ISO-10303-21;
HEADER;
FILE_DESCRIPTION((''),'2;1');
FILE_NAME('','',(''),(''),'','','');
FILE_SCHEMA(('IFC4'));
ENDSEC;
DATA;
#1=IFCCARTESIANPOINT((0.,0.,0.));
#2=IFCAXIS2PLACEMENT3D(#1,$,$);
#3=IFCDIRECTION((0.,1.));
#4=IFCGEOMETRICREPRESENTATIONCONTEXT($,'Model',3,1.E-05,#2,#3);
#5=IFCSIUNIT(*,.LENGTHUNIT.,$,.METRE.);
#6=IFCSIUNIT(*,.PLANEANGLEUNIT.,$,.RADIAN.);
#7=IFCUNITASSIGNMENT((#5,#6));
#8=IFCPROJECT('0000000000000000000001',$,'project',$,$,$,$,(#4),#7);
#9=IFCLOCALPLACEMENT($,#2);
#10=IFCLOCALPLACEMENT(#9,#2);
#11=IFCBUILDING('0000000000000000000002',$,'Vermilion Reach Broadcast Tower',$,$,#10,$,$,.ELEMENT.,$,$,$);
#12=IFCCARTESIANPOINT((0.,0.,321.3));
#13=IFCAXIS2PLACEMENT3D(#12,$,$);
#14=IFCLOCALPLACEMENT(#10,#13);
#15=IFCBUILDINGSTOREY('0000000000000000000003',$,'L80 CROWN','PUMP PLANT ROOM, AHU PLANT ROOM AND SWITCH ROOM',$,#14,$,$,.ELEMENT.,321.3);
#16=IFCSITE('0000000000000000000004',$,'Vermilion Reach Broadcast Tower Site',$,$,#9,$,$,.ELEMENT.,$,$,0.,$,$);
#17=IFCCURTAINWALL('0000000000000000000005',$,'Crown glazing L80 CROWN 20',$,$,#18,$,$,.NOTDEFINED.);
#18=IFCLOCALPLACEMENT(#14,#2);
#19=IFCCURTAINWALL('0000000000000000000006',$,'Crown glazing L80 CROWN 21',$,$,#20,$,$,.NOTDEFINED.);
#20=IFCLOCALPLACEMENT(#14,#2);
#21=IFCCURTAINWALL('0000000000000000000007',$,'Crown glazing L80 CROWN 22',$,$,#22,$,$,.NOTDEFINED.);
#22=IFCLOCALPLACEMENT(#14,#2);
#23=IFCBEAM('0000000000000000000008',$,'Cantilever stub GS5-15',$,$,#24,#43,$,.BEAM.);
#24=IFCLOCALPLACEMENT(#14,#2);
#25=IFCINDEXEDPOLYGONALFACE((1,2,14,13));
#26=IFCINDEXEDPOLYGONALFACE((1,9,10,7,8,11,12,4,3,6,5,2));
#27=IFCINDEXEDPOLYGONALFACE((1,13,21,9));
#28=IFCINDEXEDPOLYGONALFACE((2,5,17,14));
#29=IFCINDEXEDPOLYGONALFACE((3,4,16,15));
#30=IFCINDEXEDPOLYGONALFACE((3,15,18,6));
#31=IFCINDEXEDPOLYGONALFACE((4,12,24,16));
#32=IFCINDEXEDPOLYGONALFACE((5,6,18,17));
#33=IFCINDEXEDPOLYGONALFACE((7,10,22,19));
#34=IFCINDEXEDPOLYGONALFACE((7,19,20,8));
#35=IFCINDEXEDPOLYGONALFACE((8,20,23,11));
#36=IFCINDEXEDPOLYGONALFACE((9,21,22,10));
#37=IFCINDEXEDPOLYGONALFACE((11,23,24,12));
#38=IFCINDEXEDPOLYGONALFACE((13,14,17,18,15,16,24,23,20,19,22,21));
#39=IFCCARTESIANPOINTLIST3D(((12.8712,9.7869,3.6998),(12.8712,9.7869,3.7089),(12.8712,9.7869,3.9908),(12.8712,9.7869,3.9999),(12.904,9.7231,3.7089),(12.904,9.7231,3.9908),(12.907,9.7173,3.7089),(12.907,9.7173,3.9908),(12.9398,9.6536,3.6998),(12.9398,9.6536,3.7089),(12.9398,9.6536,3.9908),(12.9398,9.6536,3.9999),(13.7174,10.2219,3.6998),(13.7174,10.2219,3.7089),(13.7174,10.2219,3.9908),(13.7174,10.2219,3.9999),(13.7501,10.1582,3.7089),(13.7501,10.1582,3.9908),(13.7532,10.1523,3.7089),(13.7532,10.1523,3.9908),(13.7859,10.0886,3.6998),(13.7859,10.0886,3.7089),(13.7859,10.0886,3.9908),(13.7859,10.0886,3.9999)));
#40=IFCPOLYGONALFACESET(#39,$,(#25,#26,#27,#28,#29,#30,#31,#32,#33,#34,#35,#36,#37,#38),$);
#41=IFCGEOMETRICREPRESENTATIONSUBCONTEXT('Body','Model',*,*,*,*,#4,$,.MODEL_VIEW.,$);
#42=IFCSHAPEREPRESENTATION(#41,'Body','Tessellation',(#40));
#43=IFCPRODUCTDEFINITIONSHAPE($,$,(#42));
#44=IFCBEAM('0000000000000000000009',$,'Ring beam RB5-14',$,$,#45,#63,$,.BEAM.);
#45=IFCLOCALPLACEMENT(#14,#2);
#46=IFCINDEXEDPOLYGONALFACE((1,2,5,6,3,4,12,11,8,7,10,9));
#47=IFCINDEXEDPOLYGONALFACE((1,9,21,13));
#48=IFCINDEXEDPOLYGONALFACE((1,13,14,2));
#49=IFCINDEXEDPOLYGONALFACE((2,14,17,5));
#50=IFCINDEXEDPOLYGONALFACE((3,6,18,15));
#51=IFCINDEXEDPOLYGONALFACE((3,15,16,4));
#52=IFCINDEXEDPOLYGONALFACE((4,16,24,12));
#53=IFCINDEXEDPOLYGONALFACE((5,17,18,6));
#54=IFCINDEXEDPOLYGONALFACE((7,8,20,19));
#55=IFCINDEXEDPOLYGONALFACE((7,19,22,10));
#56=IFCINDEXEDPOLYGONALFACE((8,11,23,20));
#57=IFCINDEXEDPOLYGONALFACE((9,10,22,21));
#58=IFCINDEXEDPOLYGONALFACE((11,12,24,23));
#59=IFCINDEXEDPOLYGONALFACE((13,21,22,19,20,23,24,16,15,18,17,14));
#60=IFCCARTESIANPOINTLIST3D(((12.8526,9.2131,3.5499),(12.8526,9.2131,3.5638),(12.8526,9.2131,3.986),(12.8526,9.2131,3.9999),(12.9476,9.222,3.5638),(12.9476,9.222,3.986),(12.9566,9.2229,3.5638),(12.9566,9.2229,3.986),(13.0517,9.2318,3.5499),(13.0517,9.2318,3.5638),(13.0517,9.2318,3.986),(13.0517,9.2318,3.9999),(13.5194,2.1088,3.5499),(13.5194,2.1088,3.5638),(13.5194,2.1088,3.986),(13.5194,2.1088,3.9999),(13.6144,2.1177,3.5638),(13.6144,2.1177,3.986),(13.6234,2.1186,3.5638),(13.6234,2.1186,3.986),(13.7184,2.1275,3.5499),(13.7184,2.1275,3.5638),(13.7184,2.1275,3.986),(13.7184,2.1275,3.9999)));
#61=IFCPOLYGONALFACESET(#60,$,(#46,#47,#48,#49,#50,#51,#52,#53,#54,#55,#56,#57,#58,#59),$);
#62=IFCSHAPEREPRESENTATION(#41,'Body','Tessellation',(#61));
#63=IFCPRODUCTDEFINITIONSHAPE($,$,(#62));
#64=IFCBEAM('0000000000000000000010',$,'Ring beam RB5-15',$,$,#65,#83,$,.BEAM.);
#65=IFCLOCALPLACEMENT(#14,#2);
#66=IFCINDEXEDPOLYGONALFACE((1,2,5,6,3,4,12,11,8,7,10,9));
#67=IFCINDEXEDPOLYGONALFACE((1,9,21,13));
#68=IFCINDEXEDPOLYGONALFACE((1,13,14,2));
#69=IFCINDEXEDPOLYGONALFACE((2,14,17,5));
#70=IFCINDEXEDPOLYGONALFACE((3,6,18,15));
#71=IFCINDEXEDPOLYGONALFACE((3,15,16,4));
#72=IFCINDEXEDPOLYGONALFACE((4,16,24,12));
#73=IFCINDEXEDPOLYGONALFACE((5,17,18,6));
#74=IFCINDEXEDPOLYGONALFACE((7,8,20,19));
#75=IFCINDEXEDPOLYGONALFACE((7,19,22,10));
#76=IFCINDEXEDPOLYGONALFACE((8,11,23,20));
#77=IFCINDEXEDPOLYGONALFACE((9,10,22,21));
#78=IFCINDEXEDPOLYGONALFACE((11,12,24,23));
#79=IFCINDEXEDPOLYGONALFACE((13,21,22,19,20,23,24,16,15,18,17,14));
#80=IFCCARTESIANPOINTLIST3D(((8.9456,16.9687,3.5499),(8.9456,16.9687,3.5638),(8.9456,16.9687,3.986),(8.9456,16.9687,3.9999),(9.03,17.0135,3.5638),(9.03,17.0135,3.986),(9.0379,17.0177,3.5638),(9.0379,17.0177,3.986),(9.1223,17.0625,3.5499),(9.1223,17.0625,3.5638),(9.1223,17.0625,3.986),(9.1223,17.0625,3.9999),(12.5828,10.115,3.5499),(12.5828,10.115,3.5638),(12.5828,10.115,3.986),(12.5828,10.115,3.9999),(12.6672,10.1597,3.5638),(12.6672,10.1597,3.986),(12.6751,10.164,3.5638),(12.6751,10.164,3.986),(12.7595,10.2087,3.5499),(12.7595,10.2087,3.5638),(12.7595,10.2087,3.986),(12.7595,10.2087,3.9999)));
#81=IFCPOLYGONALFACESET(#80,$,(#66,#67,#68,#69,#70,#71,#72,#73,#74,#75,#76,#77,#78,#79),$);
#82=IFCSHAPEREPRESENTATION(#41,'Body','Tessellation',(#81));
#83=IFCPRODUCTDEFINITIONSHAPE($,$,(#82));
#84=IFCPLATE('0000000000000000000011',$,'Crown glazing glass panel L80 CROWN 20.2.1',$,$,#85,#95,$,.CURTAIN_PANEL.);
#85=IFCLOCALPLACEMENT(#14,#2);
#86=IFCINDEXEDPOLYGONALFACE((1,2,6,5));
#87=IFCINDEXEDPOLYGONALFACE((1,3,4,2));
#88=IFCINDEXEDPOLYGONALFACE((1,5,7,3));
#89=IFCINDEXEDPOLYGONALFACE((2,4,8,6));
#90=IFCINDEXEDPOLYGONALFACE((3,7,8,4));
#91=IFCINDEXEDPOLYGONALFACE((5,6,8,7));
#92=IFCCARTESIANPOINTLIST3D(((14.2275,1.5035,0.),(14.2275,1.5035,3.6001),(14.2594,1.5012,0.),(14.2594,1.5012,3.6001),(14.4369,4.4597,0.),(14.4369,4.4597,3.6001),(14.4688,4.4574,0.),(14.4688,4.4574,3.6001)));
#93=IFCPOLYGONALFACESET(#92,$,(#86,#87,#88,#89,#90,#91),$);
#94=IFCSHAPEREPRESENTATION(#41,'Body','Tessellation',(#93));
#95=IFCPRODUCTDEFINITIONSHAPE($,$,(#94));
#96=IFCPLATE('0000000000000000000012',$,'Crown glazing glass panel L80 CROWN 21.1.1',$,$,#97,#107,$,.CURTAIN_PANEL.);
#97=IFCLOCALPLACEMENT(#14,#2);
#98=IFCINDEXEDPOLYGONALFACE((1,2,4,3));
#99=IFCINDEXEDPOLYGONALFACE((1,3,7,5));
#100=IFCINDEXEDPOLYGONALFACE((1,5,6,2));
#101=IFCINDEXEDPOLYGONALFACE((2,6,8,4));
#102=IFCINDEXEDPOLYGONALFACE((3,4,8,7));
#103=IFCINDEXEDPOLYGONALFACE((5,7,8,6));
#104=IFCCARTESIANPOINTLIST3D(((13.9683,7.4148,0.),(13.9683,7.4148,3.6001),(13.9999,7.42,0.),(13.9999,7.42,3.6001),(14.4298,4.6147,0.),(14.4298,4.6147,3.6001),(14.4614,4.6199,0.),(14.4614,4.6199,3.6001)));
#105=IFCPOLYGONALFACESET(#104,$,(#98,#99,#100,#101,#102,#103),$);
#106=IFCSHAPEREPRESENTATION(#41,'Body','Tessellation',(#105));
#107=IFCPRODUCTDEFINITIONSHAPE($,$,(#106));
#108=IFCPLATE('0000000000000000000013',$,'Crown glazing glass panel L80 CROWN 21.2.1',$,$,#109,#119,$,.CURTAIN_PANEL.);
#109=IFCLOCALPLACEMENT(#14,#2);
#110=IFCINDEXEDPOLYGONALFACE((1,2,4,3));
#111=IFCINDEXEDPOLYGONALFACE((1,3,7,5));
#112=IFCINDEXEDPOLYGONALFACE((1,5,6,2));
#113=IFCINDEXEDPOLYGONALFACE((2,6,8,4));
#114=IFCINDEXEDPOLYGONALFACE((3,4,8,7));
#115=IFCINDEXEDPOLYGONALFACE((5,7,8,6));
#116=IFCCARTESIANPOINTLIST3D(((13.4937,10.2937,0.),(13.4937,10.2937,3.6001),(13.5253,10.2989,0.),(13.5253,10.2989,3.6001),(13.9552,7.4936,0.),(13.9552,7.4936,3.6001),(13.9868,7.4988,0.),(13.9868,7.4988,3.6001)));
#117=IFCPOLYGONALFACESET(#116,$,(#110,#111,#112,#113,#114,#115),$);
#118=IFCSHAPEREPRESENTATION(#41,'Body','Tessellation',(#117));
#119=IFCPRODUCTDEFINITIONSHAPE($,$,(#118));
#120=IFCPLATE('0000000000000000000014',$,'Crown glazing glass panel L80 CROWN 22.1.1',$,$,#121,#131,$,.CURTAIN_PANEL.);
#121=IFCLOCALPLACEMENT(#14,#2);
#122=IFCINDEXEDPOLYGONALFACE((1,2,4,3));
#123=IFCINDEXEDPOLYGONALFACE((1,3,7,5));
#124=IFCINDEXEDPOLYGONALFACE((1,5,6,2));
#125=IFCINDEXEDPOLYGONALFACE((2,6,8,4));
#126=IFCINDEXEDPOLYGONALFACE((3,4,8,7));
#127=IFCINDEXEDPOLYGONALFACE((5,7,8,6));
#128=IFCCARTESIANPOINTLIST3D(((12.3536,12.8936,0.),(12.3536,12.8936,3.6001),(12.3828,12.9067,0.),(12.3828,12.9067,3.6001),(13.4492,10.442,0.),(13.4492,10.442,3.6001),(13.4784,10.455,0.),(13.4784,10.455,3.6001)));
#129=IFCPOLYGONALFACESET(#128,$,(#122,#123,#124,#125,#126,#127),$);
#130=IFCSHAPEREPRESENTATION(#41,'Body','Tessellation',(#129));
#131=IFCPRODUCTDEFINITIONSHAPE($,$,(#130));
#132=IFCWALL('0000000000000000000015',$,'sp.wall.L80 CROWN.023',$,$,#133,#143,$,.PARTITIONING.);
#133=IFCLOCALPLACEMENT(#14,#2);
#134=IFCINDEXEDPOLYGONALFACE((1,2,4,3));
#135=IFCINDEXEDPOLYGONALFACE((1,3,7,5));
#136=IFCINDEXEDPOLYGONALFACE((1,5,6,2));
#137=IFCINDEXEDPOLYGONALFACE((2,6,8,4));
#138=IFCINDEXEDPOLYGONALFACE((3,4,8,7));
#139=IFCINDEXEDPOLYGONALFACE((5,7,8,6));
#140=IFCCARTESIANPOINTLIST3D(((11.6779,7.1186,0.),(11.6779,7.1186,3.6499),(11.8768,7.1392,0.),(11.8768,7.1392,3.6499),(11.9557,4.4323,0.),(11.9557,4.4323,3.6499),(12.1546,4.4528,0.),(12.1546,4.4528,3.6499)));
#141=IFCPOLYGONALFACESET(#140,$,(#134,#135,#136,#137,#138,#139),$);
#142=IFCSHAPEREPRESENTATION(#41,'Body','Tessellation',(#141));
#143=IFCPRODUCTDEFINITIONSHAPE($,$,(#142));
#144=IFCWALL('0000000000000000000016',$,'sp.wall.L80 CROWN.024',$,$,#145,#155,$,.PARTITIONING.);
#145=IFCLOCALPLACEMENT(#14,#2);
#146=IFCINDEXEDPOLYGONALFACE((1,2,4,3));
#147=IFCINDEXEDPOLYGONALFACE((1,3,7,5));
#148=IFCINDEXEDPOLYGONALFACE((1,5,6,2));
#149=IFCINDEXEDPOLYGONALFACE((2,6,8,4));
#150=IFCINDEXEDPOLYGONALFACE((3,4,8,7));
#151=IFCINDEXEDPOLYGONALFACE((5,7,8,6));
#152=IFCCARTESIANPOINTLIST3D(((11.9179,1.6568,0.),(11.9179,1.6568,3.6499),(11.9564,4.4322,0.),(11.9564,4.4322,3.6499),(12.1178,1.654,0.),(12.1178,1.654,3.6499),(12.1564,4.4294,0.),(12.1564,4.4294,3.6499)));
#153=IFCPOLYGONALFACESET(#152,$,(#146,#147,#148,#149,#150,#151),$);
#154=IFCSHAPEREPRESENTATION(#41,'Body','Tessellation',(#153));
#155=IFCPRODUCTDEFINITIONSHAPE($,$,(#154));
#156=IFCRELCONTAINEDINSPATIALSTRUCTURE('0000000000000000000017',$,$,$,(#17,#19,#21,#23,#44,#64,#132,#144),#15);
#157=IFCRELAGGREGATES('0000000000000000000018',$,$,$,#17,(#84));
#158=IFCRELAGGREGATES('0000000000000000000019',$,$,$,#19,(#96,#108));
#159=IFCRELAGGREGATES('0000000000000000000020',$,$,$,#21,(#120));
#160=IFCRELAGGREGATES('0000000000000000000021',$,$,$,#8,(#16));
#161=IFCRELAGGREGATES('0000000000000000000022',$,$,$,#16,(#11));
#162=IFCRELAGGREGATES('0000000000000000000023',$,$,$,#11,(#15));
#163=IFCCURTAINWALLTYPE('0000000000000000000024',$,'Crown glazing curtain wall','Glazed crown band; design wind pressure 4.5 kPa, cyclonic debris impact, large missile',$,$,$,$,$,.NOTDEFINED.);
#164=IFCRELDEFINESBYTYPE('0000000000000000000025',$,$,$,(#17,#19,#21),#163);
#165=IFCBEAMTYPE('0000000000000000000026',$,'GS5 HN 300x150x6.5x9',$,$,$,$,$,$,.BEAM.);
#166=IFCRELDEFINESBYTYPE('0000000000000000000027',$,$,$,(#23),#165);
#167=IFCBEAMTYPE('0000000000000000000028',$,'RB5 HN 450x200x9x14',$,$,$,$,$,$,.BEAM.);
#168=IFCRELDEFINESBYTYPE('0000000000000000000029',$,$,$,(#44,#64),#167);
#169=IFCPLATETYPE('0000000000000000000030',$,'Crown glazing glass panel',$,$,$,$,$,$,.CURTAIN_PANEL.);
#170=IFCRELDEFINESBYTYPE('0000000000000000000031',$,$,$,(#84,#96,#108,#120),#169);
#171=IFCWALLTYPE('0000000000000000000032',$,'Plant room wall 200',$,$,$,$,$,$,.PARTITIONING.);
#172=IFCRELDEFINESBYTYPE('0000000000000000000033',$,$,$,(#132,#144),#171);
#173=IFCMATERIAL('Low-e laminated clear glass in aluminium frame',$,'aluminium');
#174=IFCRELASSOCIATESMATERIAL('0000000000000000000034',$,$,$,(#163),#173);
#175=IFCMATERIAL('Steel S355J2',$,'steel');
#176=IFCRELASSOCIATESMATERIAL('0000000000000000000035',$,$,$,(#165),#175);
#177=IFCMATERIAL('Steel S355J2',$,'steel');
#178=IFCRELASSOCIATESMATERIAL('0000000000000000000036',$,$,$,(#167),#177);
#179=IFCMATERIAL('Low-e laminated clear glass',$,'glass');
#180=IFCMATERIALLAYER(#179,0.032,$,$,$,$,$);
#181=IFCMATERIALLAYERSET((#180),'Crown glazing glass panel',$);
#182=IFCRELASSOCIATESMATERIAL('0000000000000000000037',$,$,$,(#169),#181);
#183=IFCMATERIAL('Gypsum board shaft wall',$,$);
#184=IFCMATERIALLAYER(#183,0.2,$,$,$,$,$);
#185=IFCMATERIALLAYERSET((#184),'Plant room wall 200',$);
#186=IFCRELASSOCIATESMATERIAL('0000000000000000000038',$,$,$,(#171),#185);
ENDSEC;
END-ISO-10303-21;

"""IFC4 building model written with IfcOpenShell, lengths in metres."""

from ifc_helpers import new_model, si_unit, direction, frame, frame_2d, origin, origin_2d, place, context, subcontext, project, spatial, rectangle, i_section, extrude, material, layer, layer_set, material_profile, profile_set, type_object, element, aggregate, save


model = new_model("IFC4")

# Units and contexts
model_context = context("Model", 3, precision=1e-05, world=origin(), true_north=direction((0.0, 1.0)))
body_context = subcontext(model_context, "Body", "Model", "MODEL_VIEW")
ifc_project = project(units=[si_unit("LENGTHUNIT", "METRE"), si_unit("PLANEANGLEUNIT", "RADIAN")], contexts=[model_context])

# Site, building, storey
site_placement = place(None, origin())
site = spatial("IfcSite", under=ifc_project, at=site_placement, Name="Vermilion Reach Broadcast Tower Site", CompositionType="ELEMENT", RefElevation=0.0)
building_placement = place(site_placement, origin())
building = spatial("IfcBuilding", under=site, at=building_placement, Name="Vermilion Reach Broadcast Tower", CompositionType="ELEMENT")
storey_placement = place(building_placement, frame((0.0, 0.0, 321.3)))
storey = spatial("IfcBuildingStorey", under=building, at=storey_placement, Name="L80 CROWN", Description="PUMP PLANT ROOM, AHU PLANT ROOM AND SWITCH ROOM", CompositionType="ELEMENT", Elevation=321.3)

# Curtain walls
ifc_material_1 = material(Name="Low-e laminated clear glass in aluminium frame", Category="aluminium")
curtain_wall_type = type_object("IfcCurtainWallType", Name="Crown glazing curtain wall", Description="Glazed crown band; design wind pressure 4.5 kPa, cyclonic debris impact, large missile", PredefinedType="NOTDEFINED", material=ifc_material_1)
placement = place(storey_placement, origin())
curtain_wall_1 = element("IfcCurtainWall", 1, at=placement, inside=storey, type_object=curtain_wall_type, Name="Crown glazing L80 CROWN 20", PredefinedType="NOTDEFINED")
curtain_wall_2 = element("IfcCurtainWall", 2, at=placement, inside=storey, type_object=curtain_wall_type, Name="Crown glazing L80 CROWN 21", PredefinedType="NOTDEFINED")

# Curtain wall
curtain_wall_3 = element("IfcCurtainWall", 3, at=placement, inside=storey, type_object=curtain_wall_type, Name="Crown glazing L80 CROWN 22", PredefinedType="NOTDEFINED")

# Beams
ifc_material_2 = material(Name="Steel S355J2", Category="steel")
ifc_material_profile_1 = material_profile(ifc_material_2, i_section(OverallWidth=0.1499, OverallDepth=0.3, WebThickness=0.0066, FlangeThickness=0.009, at=origin_2d()), Name="S355J2 HN 300x150x6.5x9")
ifc_profile_set_1 = profile_set([ifc_material_profile_1], Name="Steel S355J2")
beam_type_1 = type_object("IfcBeamType", Name="GS5 HN 300x150x6.5x9", PredefinedType="BEAM", material=ifc_profile_set_1)
beam_1_placement = place(storey_placement, frame((12.9055, 9.7202, 3.8499), z_axis=(0.889341, 0.457244, 0.0), x_axis=(-0.457244, 0.889341, 0.0)))
element("IfcBeam", 4, at=beam_1_placement, inside=storey, type_object=beam_type_1, Name="Cantilever stub GS5-15", PredefinedType="BEAM", context=body_context, shape_type="SweptSolid", body=[
    extrude(i_section(OverallWidth=0.1499, OverallDepth=0.3, WebThickness=0.0066, FlangeThickness=0.009, at=origin_2d()), origin(), (0.0, 0.0, 1.0), 0.9514),
])
ifc_material_3 = material(Name="Steel S355J2", Category="steel")
ifc_material_profile_2 = material_profile(ifc_material_3, i_section(OverallWidth=0.2, OverallDepth=0.45, WebThickness=0.009, FlangeThickness=0.0139, at=origin_2d()), Name="S355J2 HN 450x200x9x14")
ifc_profile_set_2 = profile_set([ifc_material_profile_2], Name="Steel S355J2")
beam_type_2 = type_object("IfcBeamType", Name="RB5 HN 450x200x9x14", PredefinedType="BEAM", material=ifc_profile_set_2)
beam_2_placement = place(storey_placement, frame((13.6189, 2.1182, 3.7749), z_axis=(-0.093441, 0.995625, 0.0), x_axis=(-0.995625, -0.093441, 0.0)))
element("IfcBeam", 5, at=beam_2_placement, inside=storey, type_object=beam_type_2, Name="Ring beam RB5-14", PredefinedType="BEAM", context=body_context, shape_type="SweptSolid", body=[
    extrude(i_section(OverallWidth=0.2, OverallDepth=0.45, WebThickness=0.009, FlangeThickness=0.0139, at=origin_2d()), origin(), (0.0, 0.0, 1.0), 7.1355),
])
beam_3_placement = place(storey_placement, frame((12.6711, 10.1619, 3.7749), z_axis=(-0.468768, 0.883321, 0.0), x_axis=(-0.883321, -0.468768, 0.0)))
element("IfcBeam", 6, at=beam_3_placement, inside=storey, type_object=beam_type_2, Name="Ring beam RB5-15", PredefinedType="BEAM", context=body_context, shape_type="SweptSolid", body=[
    extrude(i_section(OverallWidth=0.2, OverallDepth=0.45, WebThickness=0.009, FlangeThickness=0.0139, at=origin_2d()), origin(), (0.0, 0.0, 1.0), 7.759),
])

# Plates
ifc_material_4 = material(Name="Low-e laminated clear glass", Category="glass")
ifc_layer_1 = layer(ifc_material_4, 0.032)
ifc_layer_set_1 = layer_set([ifc_layer_1], Name="Crown glazing glass panel")
plate_type = type_object("IfcPlateType", Name="Crown glazing glass panel", PredefinedType="CURTAIN_PANEL", material=ifc_layer_set_1)
plate_1_placement = place(storey_placement, frame((14.3481, 2.9805, 0.0), z_axis=(0.0, 0.0, 1.0), x_axis=(0.070673, 0.9975, 0.0)))
plate_1 = element("IfcPlate", 7, at=plate_1_placement, type_object=plate_type, Name="Crown glazing glass panel L80 CROWN 20.2.1", PredefinedType="CURTAIN_PANEL", context=body_context, shape_type="SweptSolid", body=[
    extrude(rectangle(XDim=2.9636, YDim=0.032, at=origin_2d()), origin(), (0.0, 0.0, 1.0), 3.6001),
])
aggregate(curtain_wall_1, [plate_1])
plate_2_placement = place(storey_placement, frame((14.2148, 6.0173, 0.0), z_axis=(0.0, 0.0, 1.0), x_axis=(-0.162618, 0.986689, 0.0)))
plate_2 = element("IfcPlate", 8, at=plate_2_placement, type_object=plate_type, Name="Crown glazing glass panel L80 CROWN 21.1.1", PredefinedType="CURTAIN_PANEL", context=body_context, shape_type="SweptSolid", body=[
    extrude(rectangle(XDim=2.8379, YDim=0.032, at=origin_2d()), origin(), (0.0, 0.0, 1.0), 3.6001),
])
plate_3_placement = place(storey_placement, frame((13.7402, 8.8962, 0.0), z_axis=(0.0, 0.0, 1.0), x_axis=(-0.162618, 0.986689, 0.0)))
plate_3 = element("IfcPlate", 9, at=plate_3_placement, type_object=plate_type, Name="Crown glazing glass panel L80 CROWN 21.2.1", PredefinedType="CURTAIN_PANEL", context=body_context, shape_type="SweptSolid", body=[
    extrude(rectangle(XDim=2.8379, YDim=0.032, at=origin_2d()), origin(), (0.0, 0.0, 1.0), 3.6001),
])
aggregate(curtain_wall_2, [plate_2, plate_3])
plate_4_placement = place(storey_placement, frame((12.916, 11.6743, 0.0), z_axis=(0.0, 0.0, 1.0), x_axis=(-0.407985, 0.912989, 0.0)))
plate_4 = element("IfcPlate", 10, at=plate_4_placement, type_object=plate_type, Name="Crown glazing glass panel L80 CROWN 22.1.1", PredefinedType="CURTAIN_PANEL", context=body_context, shape_type="SweptSolid", body=[
    extrude(rectangle(XDim=2.6853, YDim=0.032, at=origin_2d()), origin(), (0.0, 0.0, 1.0), 3.6001),
])
aggregate(curtain_wall_3, [plate_4])

# Walls
ifc_material_5 = material(Name="Gypsum board shaft wall")
ifc_layer_2 = layer(ifc_material_5, 0.2)
ifc_layer_set_2 = layer_set([ifc_layer_2], Name="Plant room wall 200")
wall_type = type_object("IfcWallType", Name="Plant room wall 200", PredefinedType="PARTITIONING", material=ifc_layer_set_2)
wall_1_placement = place(storey_placement, frame((11.7773, 7.1289, 0.0), z_axis=(0.0, 0.0, 1.0), x_axis=(0.102878, -0.994694, 0.0)))
element("IfcWall", 11, at=wall_1_placement, inside=storey, type_object=wall_type, Name="sp.wall.L80 CROWN.023", PredefinedType="PARTITIONING", context=body_context, shape_type="SweptSolid", body=[
    extrude(rectangle(XDim=2.7007, YDim=0.2, at=frame_2d((1.3503, 0.0))), origin(), (0.0, 0.0, 1.0), 3.6499),
])
wall_2_placement = place(storey_placement, frame((12.0178, 1.6555, 0.0), z_axis=(0.0, 0.0, 1.0), x_axis=(0.013897, 0.999903, 0.0)))
element("IfcWall", 12, at=wall_2_placement, inside=storey, type_object=wall_type, Name="sp.wall.L80 CROWN.024", PredefinedType="PARTITIONING", context=body_context, shape_type="SweptSolid", body=[
    extrude(rectangle(XDim=2.7756, YDim=0.2, at=frame_2d((1.3877, 0.0))), origin(), (0.0, 0.0, 1.0), 3.6499),
])

save(model, "model.ifc")
